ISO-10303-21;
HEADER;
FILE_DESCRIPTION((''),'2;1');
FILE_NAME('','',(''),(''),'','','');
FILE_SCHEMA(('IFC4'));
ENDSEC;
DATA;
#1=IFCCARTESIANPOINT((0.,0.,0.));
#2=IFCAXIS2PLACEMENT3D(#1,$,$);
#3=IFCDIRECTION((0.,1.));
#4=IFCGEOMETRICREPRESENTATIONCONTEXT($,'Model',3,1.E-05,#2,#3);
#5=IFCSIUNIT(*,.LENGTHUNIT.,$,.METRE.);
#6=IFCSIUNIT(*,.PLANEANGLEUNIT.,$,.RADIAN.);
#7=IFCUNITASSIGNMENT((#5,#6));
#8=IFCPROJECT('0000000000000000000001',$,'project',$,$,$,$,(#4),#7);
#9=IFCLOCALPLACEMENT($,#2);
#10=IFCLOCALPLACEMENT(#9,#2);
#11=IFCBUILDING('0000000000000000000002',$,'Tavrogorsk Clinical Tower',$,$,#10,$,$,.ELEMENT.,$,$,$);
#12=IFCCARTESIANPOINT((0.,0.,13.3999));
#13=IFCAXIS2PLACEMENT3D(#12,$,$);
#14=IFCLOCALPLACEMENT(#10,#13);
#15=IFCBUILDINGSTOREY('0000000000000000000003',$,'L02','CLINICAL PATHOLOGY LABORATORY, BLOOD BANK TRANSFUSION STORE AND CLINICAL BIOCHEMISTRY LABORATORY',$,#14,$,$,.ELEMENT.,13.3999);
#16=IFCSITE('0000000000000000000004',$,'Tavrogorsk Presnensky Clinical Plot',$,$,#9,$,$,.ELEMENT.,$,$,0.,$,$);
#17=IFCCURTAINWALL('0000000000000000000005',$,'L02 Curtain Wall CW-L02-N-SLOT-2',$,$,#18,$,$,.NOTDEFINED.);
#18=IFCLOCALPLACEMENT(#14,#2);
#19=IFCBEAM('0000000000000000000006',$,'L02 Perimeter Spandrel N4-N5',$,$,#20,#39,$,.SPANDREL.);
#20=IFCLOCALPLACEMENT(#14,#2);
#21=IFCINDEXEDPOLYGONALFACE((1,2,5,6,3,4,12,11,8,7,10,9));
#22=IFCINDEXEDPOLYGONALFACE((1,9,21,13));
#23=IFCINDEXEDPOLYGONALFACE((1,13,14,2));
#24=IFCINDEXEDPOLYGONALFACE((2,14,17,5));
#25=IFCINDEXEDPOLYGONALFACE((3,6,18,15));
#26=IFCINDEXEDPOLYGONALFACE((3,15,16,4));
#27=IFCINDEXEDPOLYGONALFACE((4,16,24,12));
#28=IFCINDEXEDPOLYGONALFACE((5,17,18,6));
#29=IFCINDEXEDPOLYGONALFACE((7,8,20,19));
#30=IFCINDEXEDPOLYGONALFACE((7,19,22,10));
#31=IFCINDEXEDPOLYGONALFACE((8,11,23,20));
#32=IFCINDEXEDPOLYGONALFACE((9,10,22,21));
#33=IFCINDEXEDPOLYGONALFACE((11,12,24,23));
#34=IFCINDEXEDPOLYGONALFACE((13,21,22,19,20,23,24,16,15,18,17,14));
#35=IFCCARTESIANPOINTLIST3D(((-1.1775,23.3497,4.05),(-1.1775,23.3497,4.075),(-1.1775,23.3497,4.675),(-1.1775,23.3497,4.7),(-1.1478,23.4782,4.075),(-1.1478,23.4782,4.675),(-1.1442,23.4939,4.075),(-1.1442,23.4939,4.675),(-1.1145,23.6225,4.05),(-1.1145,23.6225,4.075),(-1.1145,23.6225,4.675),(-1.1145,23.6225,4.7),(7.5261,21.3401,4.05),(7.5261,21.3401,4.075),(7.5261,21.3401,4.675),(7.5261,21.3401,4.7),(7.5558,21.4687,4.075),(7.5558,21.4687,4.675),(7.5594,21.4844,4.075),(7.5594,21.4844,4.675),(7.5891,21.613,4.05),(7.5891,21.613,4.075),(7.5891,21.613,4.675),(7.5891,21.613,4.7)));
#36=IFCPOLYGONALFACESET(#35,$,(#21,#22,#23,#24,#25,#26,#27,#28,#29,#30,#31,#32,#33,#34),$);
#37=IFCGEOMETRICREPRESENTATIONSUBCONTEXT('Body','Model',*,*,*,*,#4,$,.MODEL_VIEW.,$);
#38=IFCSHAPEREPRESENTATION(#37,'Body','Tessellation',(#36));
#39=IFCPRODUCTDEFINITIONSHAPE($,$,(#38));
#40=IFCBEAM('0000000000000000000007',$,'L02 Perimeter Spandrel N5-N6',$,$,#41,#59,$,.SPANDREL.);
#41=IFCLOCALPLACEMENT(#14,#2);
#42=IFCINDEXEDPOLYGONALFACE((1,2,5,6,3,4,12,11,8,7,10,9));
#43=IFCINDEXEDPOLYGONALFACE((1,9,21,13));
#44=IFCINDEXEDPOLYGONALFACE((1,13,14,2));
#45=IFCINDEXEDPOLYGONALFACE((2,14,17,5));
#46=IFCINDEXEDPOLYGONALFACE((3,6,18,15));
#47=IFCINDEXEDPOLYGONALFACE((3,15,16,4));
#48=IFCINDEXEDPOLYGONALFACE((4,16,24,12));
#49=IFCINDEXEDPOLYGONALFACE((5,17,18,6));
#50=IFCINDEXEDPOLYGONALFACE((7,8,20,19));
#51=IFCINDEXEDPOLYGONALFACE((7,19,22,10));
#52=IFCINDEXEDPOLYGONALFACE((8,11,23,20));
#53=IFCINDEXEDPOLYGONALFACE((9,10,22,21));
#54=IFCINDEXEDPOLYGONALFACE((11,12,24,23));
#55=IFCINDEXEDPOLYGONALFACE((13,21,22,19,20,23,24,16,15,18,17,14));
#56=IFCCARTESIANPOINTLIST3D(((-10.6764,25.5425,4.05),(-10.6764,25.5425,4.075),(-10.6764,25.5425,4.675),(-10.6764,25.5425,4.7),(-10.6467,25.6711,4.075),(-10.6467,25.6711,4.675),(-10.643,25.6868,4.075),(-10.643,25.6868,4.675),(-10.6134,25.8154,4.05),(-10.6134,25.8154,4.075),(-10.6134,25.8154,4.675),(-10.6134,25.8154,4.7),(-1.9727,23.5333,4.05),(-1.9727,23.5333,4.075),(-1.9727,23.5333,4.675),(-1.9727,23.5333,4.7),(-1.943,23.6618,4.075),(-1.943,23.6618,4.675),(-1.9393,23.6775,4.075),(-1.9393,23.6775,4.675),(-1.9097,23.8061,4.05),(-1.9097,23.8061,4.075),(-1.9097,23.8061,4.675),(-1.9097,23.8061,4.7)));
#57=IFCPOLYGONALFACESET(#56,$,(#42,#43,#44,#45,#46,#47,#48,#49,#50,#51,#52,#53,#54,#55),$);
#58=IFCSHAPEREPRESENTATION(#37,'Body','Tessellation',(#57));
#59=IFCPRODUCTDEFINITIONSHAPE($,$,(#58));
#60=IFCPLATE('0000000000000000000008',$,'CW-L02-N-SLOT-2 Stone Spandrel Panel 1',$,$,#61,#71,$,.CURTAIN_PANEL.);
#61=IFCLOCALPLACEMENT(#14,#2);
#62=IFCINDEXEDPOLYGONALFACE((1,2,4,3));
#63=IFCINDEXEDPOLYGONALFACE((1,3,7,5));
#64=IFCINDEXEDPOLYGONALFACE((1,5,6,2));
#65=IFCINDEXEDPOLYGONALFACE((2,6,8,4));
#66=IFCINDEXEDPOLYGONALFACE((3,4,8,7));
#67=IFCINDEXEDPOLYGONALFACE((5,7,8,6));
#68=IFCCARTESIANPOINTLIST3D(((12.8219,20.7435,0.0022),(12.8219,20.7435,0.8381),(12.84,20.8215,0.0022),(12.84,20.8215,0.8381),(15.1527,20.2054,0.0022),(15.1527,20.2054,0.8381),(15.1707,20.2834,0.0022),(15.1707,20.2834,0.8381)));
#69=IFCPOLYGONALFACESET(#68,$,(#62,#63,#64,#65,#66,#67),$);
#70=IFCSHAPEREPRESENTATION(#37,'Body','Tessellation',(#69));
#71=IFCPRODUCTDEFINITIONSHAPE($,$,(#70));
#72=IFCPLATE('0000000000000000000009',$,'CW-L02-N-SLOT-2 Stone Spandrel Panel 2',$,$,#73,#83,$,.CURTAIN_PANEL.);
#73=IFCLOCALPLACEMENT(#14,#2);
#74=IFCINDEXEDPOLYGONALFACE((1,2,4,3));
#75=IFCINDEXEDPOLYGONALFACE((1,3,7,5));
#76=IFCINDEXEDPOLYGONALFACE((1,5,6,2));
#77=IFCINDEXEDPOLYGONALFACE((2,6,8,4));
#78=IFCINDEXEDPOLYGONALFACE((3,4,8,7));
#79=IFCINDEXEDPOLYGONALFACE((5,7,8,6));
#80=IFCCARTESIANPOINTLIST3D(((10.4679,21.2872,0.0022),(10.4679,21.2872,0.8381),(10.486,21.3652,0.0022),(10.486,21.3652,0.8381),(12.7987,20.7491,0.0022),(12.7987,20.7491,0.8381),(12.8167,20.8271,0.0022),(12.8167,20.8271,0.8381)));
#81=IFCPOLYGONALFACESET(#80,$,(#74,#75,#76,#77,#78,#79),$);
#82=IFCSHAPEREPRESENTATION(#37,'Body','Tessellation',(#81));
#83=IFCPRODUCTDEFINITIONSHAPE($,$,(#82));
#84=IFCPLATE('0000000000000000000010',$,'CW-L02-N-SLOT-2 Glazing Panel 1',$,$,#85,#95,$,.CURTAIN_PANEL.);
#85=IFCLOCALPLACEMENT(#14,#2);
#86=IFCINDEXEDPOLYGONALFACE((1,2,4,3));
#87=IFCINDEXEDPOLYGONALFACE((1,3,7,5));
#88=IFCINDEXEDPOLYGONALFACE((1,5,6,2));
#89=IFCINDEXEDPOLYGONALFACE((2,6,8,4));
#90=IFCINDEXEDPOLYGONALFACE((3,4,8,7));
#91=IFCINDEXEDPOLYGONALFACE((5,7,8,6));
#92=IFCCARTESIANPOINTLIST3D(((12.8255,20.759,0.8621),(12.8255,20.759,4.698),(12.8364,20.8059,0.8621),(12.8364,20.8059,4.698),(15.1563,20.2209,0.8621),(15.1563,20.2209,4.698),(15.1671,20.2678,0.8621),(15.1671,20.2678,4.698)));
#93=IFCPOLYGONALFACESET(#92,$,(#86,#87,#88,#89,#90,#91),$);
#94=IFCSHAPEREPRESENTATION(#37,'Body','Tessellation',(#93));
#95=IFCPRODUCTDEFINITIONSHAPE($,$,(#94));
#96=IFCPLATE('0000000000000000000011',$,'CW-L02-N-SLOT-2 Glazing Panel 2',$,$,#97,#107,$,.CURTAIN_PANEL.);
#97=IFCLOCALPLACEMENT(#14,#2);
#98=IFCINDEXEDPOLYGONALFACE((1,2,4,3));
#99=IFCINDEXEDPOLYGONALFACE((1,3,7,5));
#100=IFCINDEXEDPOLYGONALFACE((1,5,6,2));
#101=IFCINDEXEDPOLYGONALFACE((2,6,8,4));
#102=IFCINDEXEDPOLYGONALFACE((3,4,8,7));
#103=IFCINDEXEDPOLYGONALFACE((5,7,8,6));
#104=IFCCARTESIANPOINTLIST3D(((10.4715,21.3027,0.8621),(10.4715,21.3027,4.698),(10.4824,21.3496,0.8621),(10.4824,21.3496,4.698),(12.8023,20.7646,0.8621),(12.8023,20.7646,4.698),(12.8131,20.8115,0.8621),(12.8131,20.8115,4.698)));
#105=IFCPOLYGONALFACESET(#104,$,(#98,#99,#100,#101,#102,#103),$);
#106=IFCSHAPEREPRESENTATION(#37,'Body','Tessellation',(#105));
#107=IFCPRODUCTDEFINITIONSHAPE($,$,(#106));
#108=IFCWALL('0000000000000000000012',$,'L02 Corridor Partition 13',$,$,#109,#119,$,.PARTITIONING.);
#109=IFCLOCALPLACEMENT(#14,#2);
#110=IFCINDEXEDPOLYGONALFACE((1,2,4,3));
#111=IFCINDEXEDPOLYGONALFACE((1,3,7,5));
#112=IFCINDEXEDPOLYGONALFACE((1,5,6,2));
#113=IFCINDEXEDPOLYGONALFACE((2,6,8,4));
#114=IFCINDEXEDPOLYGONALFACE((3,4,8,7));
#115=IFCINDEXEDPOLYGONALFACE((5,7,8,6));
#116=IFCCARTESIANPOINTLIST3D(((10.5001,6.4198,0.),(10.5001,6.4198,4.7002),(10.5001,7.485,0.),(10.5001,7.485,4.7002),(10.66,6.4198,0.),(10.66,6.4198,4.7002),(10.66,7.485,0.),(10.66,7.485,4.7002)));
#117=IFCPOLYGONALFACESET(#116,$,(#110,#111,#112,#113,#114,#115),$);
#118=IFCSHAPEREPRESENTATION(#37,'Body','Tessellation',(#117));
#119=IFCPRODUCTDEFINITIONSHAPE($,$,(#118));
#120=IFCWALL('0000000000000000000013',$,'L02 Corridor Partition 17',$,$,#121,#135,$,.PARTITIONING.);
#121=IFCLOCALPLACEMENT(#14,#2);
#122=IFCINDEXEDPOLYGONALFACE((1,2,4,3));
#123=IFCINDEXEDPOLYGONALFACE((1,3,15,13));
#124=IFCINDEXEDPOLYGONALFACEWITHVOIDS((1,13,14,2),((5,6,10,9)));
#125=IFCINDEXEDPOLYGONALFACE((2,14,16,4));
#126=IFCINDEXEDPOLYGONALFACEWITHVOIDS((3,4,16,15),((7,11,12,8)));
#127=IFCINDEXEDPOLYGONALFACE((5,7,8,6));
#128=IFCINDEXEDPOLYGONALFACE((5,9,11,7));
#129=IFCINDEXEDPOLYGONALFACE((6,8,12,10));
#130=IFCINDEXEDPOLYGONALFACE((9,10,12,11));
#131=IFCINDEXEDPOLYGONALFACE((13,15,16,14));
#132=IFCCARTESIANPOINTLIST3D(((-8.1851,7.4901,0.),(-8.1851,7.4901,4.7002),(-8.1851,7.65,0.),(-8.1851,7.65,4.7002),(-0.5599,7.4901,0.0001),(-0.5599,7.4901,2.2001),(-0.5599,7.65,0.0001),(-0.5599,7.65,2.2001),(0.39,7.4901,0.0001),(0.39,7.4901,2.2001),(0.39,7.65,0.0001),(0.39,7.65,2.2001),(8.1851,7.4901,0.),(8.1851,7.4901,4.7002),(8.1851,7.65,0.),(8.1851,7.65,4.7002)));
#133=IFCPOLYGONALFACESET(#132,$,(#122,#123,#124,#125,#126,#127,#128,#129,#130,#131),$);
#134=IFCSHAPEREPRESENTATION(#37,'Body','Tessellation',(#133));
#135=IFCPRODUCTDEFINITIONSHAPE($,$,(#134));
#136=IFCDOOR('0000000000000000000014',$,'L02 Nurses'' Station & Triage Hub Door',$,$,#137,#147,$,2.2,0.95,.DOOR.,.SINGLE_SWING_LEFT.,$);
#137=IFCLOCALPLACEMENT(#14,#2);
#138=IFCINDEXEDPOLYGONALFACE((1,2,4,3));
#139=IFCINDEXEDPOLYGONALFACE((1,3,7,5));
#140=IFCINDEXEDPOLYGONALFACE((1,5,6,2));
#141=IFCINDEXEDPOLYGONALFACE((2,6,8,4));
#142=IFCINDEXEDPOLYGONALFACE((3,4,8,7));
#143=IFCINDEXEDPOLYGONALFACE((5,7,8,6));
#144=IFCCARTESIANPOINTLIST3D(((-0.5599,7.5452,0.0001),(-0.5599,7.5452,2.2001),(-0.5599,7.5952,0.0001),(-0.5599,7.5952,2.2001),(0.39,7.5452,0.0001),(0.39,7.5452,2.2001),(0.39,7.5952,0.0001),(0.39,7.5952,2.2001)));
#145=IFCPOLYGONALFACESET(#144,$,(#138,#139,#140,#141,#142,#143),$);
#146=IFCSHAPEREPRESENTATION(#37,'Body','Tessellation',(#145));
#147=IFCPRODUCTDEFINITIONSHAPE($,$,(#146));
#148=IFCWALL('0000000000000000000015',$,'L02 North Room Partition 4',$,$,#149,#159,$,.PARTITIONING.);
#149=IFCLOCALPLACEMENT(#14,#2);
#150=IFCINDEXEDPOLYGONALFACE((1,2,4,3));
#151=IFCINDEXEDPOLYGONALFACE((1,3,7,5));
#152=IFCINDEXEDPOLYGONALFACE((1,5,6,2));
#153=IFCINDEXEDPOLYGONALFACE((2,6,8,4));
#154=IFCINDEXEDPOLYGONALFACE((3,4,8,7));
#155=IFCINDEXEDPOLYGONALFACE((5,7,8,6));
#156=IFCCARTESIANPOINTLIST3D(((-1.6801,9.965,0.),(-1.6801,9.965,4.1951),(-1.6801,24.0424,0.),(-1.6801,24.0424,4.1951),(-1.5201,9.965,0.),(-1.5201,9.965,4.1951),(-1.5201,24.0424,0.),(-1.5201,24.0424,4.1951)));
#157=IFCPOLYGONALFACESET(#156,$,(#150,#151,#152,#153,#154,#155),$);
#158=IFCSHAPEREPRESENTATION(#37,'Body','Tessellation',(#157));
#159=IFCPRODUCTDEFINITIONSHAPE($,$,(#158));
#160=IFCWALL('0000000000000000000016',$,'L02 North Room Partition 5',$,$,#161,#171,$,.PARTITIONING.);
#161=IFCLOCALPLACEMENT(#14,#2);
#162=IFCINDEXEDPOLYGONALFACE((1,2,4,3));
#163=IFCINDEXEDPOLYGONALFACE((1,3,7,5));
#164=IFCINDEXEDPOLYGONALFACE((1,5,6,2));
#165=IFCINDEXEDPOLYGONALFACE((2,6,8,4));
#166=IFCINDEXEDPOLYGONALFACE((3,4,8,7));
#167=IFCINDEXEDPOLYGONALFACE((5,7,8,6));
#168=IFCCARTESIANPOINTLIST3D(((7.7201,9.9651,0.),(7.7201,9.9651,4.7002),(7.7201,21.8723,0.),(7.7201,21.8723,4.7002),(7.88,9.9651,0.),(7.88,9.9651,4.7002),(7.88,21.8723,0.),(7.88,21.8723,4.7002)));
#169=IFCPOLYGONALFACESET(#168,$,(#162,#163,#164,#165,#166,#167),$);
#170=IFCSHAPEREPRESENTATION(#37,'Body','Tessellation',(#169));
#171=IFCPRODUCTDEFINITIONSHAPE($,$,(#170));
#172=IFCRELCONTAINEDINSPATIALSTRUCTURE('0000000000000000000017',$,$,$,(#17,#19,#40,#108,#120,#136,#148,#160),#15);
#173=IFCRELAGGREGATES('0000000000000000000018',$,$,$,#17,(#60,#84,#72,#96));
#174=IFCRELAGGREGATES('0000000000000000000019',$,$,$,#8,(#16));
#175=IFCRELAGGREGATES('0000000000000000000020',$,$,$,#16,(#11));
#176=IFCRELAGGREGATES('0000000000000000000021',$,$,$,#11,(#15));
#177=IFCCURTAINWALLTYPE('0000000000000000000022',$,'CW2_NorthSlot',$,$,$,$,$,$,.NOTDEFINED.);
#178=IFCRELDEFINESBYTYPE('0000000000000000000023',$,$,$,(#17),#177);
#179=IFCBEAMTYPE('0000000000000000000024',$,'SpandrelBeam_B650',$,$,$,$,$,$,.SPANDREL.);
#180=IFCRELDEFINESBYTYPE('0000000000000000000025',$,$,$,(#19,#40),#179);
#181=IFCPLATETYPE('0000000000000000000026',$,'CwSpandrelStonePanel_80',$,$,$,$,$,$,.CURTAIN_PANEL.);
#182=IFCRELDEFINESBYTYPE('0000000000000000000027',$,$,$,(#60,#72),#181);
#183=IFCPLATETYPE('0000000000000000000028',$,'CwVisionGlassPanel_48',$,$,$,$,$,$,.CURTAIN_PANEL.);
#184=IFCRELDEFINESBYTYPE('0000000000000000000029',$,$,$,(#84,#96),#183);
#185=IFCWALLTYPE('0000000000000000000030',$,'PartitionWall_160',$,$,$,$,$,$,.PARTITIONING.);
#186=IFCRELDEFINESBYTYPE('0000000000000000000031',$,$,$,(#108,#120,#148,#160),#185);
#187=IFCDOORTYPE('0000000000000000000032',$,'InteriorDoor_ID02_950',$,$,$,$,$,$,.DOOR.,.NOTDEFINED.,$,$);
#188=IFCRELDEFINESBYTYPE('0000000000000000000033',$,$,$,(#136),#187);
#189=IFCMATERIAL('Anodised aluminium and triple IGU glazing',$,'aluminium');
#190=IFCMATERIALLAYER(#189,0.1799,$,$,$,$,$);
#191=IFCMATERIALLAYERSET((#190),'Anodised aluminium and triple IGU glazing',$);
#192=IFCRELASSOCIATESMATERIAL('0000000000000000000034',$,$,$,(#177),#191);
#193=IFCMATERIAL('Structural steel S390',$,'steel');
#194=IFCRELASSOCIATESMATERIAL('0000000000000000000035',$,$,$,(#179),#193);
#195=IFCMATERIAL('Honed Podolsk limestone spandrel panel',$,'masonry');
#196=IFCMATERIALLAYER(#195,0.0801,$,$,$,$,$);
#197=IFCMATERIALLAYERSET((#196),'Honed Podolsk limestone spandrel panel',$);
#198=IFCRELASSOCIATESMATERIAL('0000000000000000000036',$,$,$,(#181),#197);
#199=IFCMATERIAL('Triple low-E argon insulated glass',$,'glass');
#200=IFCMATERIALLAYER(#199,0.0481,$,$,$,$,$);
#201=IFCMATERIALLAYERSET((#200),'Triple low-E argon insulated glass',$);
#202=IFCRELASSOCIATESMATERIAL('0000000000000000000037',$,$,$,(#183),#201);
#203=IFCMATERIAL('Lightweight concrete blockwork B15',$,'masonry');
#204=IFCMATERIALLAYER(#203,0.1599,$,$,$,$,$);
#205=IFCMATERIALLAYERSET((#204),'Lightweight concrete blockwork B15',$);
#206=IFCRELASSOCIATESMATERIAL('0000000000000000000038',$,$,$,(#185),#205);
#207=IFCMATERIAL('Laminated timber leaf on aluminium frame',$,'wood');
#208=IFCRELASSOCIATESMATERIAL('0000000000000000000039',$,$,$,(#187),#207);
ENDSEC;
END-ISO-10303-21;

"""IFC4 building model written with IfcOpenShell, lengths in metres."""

from ifc_helpers import new_model, si_unit, direction, frame, frame_2d, origin, origin_2d, place, context, subcontext, project, spatial, rectangle, i_section, extrude, material, layer, layer_set, material_profile, profile_set, type_object, element, fill, aggregate, save


model = new_model("IFC4")

# Units and contexts
model_context = context("Model", 3, precision=1e-05, world=origin(), true_north=direction((0.0, 1.0)))
body_context = subcontext(model_context, "Body", "Model", "MODEL_VIEW")
ifc_project = project(units=[si_unit("LENGTHUNIT", "METRE"), si_unit("PLANEANGLEUNIT", "RADIAN")], contexts=[model_context])

# Site, building, storey
site_placement = place(None, origin())
site = spatial("IfcSite", under=ifc_project, at=site_placement, Name="Tavrogorsk Presnensky Clinical Plot", CompositionType="ELEMENT", RefElevation=0.0)
building_placement = place(site_placement, origin())
building = spatial("IfcBuilding", under=site, at=building_placement, Name="Tavrogorsk Clinical Tower", CompositionType="ELEMENT")
storey_placement = place(building_placement, frame((0.0, 0.0, 13.3999)))
storey = spatial("IfcBuildingStorey", under=building, at=storey_placement, Name="L02", Description="CLINICAL PATHOLOGY LABORATORY, BLOOD BANK TRANSFUSION STORE AND CLINICAL BIOCHEMISTRY LABORATORY", CompositionType="ELEMENT", Elevation=13.3999)

# Curtain wall
ifc_material_1 = material(Name="Anodised aluminium and triple IGU glazing", Category="aluminium")
ifc_layer_1 = layer(ifc_material_1, 0.1799)
ifc_layer_set_1 = layer_set([ifc_layer_1], Name="Anodised aluminium and triple IGU glazing")
curtain_wall_type = type_object("IfcCurtainWallType", Name="CW2_NorthSlot", PredefinedType="NOTDEFINED", material=ifc_layer_set_1)
curtain_wall_placement = place(storey_placement, origin())
curtain_wall = element("IfcCurtainWall", 1, at=curtain_wall_placement, inside=storey, type_object=curtain_wall_type, Name="L02 Curtain Wall CW-L02-N-SLOT-2", PredefinedType="NOTDEFINED")

# Beams
ifc_material_2 = material(Name="Structural steel S390", Category="steel")
ifc_material_profile_1 = material_profile(ifc_material_2, i_section(OverallWidth=0.28, OverallDepth=0.6499, WebThickness=0.0161, FlangeThickness=0.0249, at=origin_2d()), Name="B-650x280x16x25")
ifc_profile_set_1 = profile_set([ifc_material_profile_1], Name="Structural steel S390")
beam_type_1 = type_object("IfcBeamType", Name="SpandrelBeam_B650", PredefinedType="SPANDREL", material=ifc_profile_set_1)
for number, where, z_axis, x_axis, name in (
    (2, (7.5576, 21.4766, 4.375), (-0.974367, 0.224965, 0.0), (-0.224965, -0.974367, 0.0), "L02 Perimeter Spandrel N4-N5"),
    (3, (-1.9412, 23.6697, 4.375), (-0.974373, 0.224939, 0.0), (-0.224939, -0.974373, 0.0), "L02 Perimeter Spandrel N5-N6"),
):
    element("IfcBeam", number, at=place(storey_placement, frame(where, z_axis=z_axis, x_axis=x_axis)), inside=storey, type_object=beam_type_1, Name=name, PredefinedType="SPANDREL", context=body_context, shape_type="SweptSolid", body=[
        extrude(i_section(OverallWidth=0.28, OverallDepth=0.6499, WebThickness=0.0161, FlangeThickness=0.0249, at=origin_2d()), origin(), (0.0, 0.0, 1.0), 8.9326),
    ])

# Plates
ifc_material_3 = material(Name="Honed Podolsk limestone spandrel panel", Category="masonry")
ifc_layer_2 = layer(ifc_material_3, 0.0801)
ifc_layer_set_2 = layer_set([ifc_layer_2], Name="Honed Podolsk limestone spandrel panel")
plate_type_1 = type_object("IfcPlateType", Name="CwSpandrelStonePanel_80", PredefinedType="CURTAIN_PANEL", material=ifc_layer_set_2)
plate_1_placement = place(storey_placement, frame((13.9963, 20.5134, 0.0022), z_axis=(0.0, 0.0, 1.0), x_axis=(-0.97437, 0.224951, 0.0)))
plate_1 = element("IfcPlate", 4, at=plate_1_placement, type_object=plate_type_1, Name="CW-L02-N-SLOT-2 Stone Spandrel Panel 1", PredefinedType="CURTAIN_PANEL", context=body_context, shape_type="SweptSolid", body=[
    extrude(rectangle(XDim=2.3921, YDim=0.0801, at=origin_2d()), origin(), (0.0, 0.0, 1.0), 0.8359),
])
plate_2_placement = place(storey_placement, frame((11.6423, 21.0571, 0.0022), z_axis=(0.0, 0.0, 1.0), x_axis=(-0.97437, 0.224951, 0.0)))
plate_2 = element("IfcPlate", 5, at=plate_2_placement, type_object=plate_type_1, Name="CW-L02-N-SLOT-2 Stone Spandrel Panel 2", PredefinedType="CURTAIN_PANEL", context=body_context, shape_type="SweptSolid", body=[
    extrude(rectangle(XDim=2.3921, YDim=0.0801, at=origin_2d()), origin(), (0.0, 0.0, 1.0), 0.8359),
])
ifc_material_4 = material(Name="Triple low-E argon insulated glass", Category="glass")
ifc_layer_3 = layer(ifc_material_4, 0.0481)
ifc_layer_set_3 = layer_set([ifc_layer_3], Name="Triple low-E argon insulated glass")
plate_type_2 = type_object("IfcPlateType", Name="CwVisionGlassPanel_48", PredefinedType="CURTAIN_PANEL", material=ifc_layer_set_3)
plate_3_placement = place(storey_placement, frame((13.9963, 20.5134, 0.8621), z_axis=(0.0, 0.0, 1.0), x_axis=(-0.97437, 0.224951, 0.0)))
plate_3 = element("IfcPlate", 6, at=plate_3_placement, type_object=plate_type_2, Name="CW-L02-N-SLOT-2 Glazing Panel 1", PredefinedType="CURTAIN_PANEL", context=body_context, shape_type="SweptSolid", body=[
    extrude(rectangle(XDim=2.3921, YDim=0.0481, at=origin_2d()), origin(), (0.0, 0.0, 1.0), 3.8359),
])
plate_4_placement = place(storey_placement, frame((11.6423, 21.0571, 0.8621), z_axis=(0.0, 0.0, 1.0), x_axis=(-0.97437, 0.224951, 0.0)))
plate_4 = element("IfcPlate", 7, at=plate_4_placement, type_object=plate_type_2, Name="CW-L02-N-SLOT-2 Glazing Panel 2", PredefinedType="CURTAIN_PANEL", context=body_context, shape_type="SweptSolid", body=[
    extrude(rectangle(XDim=2.3921, YDim=0.0481, at=origin_2d()), origin(), (0.0, 0.0, 1.0), 3.8359),
])
aggregate(curtain_wall, [plate_1, plate_3, plate_2, plate_4])

# Wall
ifc_material_5 = material(Name="Lightweight concrete blockwork B15", Category="masonry")
ifc_layer_4 = layer(ifc_material_5, 0.1599)
ifc_layer_set_4 = layer_set([ifc_layer_4], Name="Lightweight concrete blockwork B15")
wall_type_1 = type_object("IfcWallType", Name="PartitionWall_160", PredefinedType="PARTITIONING", material=ifc_layer_set_4)
wall_1_placement = place(storey_placement, frame((10.5801, 7.4851, 0.0), z_axis=(0.0, 0.0, 1.0), x_axis=(0.0, -1.0, 0.0)))
element("IfcWall", 8, at=wall_1_placement, inside=storey, type_object=wall_type_1, Name="L02 Corridor Partition 13", PredefinedType="PARTITIONING", context=body_context, shape_type="SweptSolid", body=[
    extrude(rectangle(XDim=1.0652, YDim=0.1599, at=frame_2d((0.5327, 0.0))), origin(), (0.0, 0.0, 1.0), 4.7002),
])

# Wall, opening, door
wall_2_placement = place(storey_placement, frame((8.1851, 7.5701, 0.0), z_axis=(0.0, 0.0, 1.0), x_axis=(-1.0, 0.0, 0.0)))
wall_2 = element("IfcWall", 9, at=wall_2_placement, inside=storey, type_object=wall_type_1, Name="L02 Corridor Partition 17", PredefinedType="PARTITIONING", context=body_context, shape_type="SweptSolid", body=[
    extrude(rectangle(XDim=16.3701, YDim=0.1599, at=frame_2d((8.1851, 0.0))), origin(), (0.0, 0.0, 1.0), 4.7002),
])
opening_1_placement = place(wall_2_placement, frame((7.7949, 0.0, 0.0)))
opening_1 = element("IfcOpeningElement", 10, at=opening_1_placement, cuts=wall_2, PredefinedType="OPENING", context=body_context, shape_type="SweptSolid", body=[
    extrude(rectangle(XDim=0.95, YDim=2.2, at=frame_2d((0.4751, 1.1001))), frame((0.0, 0.0898, 0.0), z_axis=(0.0, -1.0, 0.0), x_axis=(1.0, 0.0, 0.0)), (0.0, 0.0, 1.0), 0.1799),
])
ifc_material_6 = material(Name="Laminated timber leaf on aluminium frame", Category="wood")
door_type = type_object("IfcDoorType", Name="InteriorDoor_ID02_950", OperationType="NOTDEFINED", PredefinedType="DOOR", material=ifc_material_6)
door_placement = place(opening_1_placement, origin())
door = element("IfcDoor", 11, at=door_placement, inside=storey, type_object=door_type, Name="L02 Nurses' Station & Triage Hub Door", OperationType="SINGLE_SWING_LEFT", OverallHeight=2.2, OverallWidth=0.95, PredefinedType="DOOR", context=body_context, shape_type="SweptSolid", body=[
    extrude(rectangle(XDim=0.95, YDim=2.2, at=frame_2d((0.4751, 1.1001))), frame((0.0, 0.0249, 0.0), z_axis=(0.0, -1.0, 0.0), x_axis=(1.0, 0.0, 0.0)), (0.0, 0.0, 1.0), 0.05),
])
fill(opening_1, door)

# Walls
wall_3_placement = place(storey_placement, frame((-1.6001, 9.9651, 0.0), z_axis=(0.0, 0.0, 1.0), x_axis=(0.0, 1.0, 0.0)))
element("IfcWall", 12, at=wall_3_placement, inside=storey, type_object=wall_type_1, Name="L02 North Room Partition 4", PredefinedType="PARTITIONING", context=body_context, shape_type="SweptSolid", body=[
    extrude(rectangle(XDim=14.0774, YDim=0.1599, at=frame_2d((7.0386, 0.0))), origin(), (0.0, 0.0, 1.0), 4.1951),
])
wall_4_placement = place(storey_placement, frame((7.8, 9.9651, 0.0), z_axis=(0.0, 0.0, 1.0), x_axis=(0.0, 1.0, 0.0)))
element("IfcWall", 13, at=wall_4_placement, inside=storey, type_object=wall_type_1, Name="L02 North Room Partition 5", PredefinedType="PARTITIONING", context=body_context, shape_type="SweptSolid", body=[
    extrude(rectangle(XDim=11.9072, YDim=0.1599, at=frame_2d((5.9536, 0.0))), origin(), (0.0, 0.0, 1.0), 4.7002),
])

save(model, "model.ifc")
